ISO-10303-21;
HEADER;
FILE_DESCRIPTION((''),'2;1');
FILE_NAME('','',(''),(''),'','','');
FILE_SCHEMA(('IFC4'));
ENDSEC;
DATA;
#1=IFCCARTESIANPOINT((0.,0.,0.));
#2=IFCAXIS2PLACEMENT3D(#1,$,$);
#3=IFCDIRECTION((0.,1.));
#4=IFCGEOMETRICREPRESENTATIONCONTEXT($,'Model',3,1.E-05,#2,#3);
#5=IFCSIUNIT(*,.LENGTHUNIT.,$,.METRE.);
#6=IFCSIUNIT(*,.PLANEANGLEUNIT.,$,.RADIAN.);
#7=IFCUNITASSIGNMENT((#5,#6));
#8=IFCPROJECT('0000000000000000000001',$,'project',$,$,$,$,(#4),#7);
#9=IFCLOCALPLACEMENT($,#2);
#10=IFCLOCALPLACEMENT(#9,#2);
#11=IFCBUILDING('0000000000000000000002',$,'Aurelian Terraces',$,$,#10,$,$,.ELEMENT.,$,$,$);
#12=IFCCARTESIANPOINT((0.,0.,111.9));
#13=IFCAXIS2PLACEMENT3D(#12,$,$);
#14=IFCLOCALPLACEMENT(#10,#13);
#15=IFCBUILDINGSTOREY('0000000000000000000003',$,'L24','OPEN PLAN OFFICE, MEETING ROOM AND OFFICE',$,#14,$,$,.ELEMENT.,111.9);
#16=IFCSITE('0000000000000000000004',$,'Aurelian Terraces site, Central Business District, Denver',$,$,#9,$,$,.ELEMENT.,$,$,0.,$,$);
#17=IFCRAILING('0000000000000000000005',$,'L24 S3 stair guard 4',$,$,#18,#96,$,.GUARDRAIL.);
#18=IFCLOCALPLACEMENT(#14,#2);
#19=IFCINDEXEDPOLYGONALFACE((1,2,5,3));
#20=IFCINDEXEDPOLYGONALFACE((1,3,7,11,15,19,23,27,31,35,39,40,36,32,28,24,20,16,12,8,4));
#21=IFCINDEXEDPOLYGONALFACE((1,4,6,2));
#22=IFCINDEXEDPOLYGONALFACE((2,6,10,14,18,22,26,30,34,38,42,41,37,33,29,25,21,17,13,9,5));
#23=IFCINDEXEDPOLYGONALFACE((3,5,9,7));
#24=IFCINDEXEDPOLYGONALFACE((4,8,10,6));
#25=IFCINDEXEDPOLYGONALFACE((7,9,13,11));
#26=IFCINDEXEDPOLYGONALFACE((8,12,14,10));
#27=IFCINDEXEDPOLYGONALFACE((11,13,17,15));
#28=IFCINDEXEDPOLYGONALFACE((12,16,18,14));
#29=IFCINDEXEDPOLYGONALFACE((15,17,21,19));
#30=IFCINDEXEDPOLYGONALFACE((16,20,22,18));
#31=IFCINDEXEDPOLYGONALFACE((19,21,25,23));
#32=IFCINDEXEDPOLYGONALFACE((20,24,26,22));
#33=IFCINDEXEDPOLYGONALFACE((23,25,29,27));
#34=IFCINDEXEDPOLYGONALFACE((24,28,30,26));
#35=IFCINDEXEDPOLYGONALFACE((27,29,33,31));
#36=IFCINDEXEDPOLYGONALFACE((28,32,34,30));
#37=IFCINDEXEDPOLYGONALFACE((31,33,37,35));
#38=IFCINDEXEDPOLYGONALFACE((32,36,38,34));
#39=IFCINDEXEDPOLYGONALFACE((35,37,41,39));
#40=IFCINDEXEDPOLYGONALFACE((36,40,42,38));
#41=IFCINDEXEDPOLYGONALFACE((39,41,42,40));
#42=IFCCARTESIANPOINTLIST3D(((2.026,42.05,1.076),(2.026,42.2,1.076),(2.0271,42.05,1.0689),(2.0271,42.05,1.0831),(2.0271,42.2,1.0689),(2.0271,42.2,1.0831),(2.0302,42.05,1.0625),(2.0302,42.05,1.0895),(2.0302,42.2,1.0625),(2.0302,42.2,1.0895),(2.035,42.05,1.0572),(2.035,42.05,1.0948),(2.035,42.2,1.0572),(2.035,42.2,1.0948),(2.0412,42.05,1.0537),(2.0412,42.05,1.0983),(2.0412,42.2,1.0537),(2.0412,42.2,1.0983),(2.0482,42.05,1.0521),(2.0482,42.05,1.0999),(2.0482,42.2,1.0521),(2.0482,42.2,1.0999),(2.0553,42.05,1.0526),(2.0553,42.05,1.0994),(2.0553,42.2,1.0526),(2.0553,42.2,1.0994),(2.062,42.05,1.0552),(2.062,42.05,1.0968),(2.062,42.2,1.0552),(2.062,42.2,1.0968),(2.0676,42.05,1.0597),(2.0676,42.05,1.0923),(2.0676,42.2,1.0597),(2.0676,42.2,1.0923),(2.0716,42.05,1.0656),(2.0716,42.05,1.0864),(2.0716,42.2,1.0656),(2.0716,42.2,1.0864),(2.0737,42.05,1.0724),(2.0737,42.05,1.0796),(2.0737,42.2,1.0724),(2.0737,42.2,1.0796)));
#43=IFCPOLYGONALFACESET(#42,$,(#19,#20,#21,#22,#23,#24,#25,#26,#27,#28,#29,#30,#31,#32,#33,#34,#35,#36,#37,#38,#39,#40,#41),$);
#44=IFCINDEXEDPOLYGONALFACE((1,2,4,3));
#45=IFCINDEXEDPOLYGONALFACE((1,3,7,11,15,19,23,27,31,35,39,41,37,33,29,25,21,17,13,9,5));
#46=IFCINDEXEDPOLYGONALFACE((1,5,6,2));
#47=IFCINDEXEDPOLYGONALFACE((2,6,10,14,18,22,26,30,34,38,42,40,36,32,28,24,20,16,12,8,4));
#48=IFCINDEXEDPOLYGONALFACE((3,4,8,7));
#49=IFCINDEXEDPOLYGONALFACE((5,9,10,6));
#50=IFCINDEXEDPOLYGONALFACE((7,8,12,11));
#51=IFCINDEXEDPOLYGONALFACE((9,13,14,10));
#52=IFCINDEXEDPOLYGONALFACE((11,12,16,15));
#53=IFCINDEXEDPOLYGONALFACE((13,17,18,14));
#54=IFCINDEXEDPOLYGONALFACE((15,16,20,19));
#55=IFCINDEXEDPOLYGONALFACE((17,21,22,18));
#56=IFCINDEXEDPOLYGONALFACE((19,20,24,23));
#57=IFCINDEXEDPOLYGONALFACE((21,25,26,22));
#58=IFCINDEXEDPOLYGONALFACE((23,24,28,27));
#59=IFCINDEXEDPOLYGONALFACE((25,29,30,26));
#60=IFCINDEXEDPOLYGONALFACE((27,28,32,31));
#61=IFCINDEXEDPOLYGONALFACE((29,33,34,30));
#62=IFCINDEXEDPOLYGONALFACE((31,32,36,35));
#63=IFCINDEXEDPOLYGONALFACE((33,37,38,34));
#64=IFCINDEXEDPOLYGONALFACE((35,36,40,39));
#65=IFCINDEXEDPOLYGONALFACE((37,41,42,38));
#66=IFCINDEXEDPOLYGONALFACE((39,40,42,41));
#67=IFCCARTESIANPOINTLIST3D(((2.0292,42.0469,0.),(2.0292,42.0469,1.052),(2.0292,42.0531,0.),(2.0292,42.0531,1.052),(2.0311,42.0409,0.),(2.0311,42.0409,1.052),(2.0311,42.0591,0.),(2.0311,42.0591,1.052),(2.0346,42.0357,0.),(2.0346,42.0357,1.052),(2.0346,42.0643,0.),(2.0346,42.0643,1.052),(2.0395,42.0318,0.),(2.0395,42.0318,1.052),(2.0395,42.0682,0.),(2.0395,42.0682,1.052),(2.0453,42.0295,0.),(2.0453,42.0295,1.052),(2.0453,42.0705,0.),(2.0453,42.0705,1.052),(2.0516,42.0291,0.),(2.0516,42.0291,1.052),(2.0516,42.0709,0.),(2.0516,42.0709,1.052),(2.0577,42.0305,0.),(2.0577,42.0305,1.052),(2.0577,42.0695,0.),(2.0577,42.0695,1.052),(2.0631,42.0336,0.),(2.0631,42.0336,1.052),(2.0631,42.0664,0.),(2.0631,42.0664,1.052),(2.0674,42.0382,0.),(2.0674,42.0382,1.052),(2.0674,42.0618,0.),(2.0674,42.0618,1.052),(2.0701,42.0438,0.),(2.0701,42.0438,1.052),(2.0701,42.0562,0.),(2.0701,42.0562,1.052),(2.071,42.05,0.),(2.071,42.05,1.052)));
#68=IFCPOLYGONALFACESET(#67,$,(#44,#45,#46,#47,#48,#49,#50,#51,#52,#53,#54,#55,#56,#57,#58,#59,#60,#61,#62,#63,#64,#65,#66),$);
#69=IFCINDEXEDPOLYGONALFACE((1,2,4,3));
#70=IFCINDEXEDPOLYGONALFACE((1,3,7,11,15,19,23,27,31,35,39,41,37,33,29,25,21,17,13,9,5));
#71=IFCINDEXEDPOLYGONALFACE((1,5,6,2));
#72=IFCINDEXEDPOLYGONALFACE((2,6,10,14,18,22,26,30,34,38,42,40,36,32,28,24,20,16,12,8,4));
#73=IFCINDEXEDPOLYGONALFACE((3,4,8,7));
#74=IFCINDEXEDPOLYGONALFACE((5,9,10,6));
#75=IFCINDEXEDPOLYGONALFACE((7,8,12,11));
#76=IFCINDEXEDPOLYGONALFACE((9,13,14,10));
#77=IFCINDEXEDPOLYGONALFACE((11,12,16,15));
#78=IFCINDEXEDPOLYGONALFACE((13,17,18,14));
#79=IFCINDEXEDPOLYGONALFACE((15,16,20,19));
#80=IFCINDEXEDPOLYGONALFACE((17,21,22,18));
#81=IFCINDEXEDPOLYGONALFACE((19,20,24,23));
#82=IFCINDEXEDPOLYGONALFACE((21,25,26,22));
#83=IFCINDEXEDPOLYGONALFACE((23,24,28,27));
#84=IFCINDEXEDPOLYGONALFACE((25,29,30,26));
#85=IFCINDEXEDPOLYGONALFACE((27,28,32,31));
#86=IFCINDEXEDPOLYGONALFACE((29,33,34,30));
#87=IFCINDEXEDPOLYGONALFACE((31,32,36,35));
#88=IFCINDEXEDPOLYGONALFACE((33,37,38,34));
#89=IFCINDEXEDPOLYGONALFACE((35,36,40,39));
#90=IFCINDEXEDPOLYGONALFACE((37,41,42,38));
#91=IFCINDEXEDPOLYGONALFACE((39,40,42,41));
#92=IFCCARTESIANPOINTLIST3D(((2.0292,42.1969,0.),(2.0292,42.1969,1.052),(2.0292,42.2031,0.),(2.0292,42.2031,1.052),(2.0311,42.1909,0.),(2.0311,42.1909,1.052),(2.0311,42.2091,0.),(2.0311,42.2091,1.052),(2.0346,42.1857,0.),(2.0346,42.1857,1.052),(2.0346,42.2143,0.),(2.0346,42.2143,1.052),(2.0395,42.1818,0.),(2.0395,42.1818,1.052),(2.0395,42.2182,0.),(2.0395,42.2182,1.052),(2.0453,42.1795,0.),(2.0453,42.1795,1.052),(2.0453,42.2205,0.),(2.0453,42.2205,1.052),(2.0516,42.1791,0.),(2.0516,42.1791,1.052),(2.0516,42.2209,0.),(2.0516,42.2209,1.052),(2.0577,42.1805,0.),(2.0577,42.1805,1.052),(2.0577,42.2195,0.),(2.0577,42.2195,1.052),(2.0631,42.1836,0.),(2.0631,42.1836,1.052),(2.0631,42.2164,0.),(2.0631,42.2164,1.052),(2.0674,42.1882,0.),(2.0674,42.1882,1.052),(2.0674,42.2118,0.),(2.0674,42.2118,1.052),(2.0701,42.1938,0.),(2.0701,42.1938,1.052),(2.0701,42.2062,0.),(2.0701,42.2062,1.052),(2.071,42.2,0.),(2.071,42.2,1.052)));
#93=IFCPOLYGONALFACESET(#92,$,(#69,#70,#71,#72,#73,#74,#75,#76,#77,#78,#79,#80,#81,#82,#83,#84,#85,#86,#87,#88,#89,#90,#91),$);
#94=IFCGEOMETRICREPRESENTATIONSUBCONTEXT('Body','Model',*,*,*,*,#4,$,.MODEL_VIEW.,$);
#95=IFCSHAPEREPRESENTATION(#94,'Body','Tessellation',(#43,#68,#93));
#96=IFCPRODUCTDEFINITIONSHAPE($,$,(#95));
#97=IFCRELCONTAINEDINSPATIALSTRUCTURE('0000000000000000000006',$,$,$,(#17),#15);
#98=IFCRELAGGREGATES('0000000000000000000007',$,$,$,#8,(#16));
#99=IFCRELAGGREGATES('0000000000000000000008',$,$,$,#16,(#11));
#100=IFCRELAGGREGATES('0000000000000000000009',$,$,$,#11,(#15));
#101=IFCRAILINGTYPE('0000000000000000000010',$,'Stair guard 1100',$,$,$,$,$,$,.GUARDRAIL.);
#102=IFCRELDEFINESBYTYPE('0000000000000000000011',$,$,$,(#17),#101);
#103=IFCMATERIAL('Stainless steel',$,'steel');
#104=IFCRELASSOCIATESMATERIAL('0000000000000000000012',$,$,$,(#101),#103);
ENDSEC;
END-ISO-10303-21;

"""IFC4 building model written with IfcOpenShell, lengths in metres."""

from ifc_helpers import new_model, si_unit, direction, frame, origin, origin_2d, place, context, subcontext, project, spatial, circle, extrude, source, transform, mapped, material, type_object, element, save


model = new_model("IFC4")

# Units and contexts
model_context = context("Model", 3, precision=1e-05, world=origin(), true_north=direction((0.0, 1.0)))
body_context = subcontext(model_context, "Body", "Model", "MODEL_VIEW")
ifc_project = project(units=[si_unit("LENGTHUNIT", "METRE"), si_unit("PLANEANGLEUNIT", "RADIAN")], contexts=[model_context])

# Site, building, storey
site_placement = place(None, origin())
site = spatial("IfcSite", under=ifc_project, at=site_placement, Name="Aurelian Terraces site, Central Business District, Denver", CompositionType="ELEMENT", RefElevation=0.0)
building_placement = place(site_placement, origin())
building = spatial("IfcBuilding", under=site, at=building_placement, Name="Aurelian Terraces", CompositionType="ELEMENT")
storey_placement = place(building_placement, frame((0.0, 0.0, 111.9)))
storey = spatial("IfcBuildingStorey", under=building, at=storey_placement, Name="L24", Description="OPEN PLAN OFFICE, MEETING ROOM AND OFFICE", CompositionType="ELEMENT", Elevation=111.9)

# Railing
ifc_material_1 = material(Name="Stainless steel", Category="steel")
railing_type_1 = type_object("IfcRailingType", Name="Stair guard 1100", PredefinedType="GUARDRAIL", material=ifc_material_1)
shared_shape_1 = source(origin(), body_context, "Body", "SweptSolid", [
    extrude(circle(Radius=0.024, at=origin_2d()), frame((0.0, 0.0, 1.076), z_axis=(0.0, 1.0, 0.0), x_axis=(-1.0, 0.0, 0.0)), (0.0, 0.0, 1.0), 0.15),
    extrude(circle(Radius=0.021, at=origin_2d()), origin(), (0.0, 0.0, 1.0), 1.052),
    extrude(circle(Radius=0.021, at=origin_2d()), frame((0.0, 0.15, 0.0)), (0.0, 0.0, 1.0), 1.052),
])
for number, where, name in (
    (1, (2.05, 42.05, 0.0), "L24 S3 stair guard 4"),
):
    element("IfcRailing", number, at=place(storey_placement, frame(where)), inside=storey, type_object=railing_type_1, Name=name, PredefinedType="GUARDRAIL", context=body_context, shape_type="MappedRepresentation", body=[
        mapped(shared_shape_1, transform((0.0, 0.0, 0.0), scale=1.0)),
    ])

save(model, "model.ifc")
